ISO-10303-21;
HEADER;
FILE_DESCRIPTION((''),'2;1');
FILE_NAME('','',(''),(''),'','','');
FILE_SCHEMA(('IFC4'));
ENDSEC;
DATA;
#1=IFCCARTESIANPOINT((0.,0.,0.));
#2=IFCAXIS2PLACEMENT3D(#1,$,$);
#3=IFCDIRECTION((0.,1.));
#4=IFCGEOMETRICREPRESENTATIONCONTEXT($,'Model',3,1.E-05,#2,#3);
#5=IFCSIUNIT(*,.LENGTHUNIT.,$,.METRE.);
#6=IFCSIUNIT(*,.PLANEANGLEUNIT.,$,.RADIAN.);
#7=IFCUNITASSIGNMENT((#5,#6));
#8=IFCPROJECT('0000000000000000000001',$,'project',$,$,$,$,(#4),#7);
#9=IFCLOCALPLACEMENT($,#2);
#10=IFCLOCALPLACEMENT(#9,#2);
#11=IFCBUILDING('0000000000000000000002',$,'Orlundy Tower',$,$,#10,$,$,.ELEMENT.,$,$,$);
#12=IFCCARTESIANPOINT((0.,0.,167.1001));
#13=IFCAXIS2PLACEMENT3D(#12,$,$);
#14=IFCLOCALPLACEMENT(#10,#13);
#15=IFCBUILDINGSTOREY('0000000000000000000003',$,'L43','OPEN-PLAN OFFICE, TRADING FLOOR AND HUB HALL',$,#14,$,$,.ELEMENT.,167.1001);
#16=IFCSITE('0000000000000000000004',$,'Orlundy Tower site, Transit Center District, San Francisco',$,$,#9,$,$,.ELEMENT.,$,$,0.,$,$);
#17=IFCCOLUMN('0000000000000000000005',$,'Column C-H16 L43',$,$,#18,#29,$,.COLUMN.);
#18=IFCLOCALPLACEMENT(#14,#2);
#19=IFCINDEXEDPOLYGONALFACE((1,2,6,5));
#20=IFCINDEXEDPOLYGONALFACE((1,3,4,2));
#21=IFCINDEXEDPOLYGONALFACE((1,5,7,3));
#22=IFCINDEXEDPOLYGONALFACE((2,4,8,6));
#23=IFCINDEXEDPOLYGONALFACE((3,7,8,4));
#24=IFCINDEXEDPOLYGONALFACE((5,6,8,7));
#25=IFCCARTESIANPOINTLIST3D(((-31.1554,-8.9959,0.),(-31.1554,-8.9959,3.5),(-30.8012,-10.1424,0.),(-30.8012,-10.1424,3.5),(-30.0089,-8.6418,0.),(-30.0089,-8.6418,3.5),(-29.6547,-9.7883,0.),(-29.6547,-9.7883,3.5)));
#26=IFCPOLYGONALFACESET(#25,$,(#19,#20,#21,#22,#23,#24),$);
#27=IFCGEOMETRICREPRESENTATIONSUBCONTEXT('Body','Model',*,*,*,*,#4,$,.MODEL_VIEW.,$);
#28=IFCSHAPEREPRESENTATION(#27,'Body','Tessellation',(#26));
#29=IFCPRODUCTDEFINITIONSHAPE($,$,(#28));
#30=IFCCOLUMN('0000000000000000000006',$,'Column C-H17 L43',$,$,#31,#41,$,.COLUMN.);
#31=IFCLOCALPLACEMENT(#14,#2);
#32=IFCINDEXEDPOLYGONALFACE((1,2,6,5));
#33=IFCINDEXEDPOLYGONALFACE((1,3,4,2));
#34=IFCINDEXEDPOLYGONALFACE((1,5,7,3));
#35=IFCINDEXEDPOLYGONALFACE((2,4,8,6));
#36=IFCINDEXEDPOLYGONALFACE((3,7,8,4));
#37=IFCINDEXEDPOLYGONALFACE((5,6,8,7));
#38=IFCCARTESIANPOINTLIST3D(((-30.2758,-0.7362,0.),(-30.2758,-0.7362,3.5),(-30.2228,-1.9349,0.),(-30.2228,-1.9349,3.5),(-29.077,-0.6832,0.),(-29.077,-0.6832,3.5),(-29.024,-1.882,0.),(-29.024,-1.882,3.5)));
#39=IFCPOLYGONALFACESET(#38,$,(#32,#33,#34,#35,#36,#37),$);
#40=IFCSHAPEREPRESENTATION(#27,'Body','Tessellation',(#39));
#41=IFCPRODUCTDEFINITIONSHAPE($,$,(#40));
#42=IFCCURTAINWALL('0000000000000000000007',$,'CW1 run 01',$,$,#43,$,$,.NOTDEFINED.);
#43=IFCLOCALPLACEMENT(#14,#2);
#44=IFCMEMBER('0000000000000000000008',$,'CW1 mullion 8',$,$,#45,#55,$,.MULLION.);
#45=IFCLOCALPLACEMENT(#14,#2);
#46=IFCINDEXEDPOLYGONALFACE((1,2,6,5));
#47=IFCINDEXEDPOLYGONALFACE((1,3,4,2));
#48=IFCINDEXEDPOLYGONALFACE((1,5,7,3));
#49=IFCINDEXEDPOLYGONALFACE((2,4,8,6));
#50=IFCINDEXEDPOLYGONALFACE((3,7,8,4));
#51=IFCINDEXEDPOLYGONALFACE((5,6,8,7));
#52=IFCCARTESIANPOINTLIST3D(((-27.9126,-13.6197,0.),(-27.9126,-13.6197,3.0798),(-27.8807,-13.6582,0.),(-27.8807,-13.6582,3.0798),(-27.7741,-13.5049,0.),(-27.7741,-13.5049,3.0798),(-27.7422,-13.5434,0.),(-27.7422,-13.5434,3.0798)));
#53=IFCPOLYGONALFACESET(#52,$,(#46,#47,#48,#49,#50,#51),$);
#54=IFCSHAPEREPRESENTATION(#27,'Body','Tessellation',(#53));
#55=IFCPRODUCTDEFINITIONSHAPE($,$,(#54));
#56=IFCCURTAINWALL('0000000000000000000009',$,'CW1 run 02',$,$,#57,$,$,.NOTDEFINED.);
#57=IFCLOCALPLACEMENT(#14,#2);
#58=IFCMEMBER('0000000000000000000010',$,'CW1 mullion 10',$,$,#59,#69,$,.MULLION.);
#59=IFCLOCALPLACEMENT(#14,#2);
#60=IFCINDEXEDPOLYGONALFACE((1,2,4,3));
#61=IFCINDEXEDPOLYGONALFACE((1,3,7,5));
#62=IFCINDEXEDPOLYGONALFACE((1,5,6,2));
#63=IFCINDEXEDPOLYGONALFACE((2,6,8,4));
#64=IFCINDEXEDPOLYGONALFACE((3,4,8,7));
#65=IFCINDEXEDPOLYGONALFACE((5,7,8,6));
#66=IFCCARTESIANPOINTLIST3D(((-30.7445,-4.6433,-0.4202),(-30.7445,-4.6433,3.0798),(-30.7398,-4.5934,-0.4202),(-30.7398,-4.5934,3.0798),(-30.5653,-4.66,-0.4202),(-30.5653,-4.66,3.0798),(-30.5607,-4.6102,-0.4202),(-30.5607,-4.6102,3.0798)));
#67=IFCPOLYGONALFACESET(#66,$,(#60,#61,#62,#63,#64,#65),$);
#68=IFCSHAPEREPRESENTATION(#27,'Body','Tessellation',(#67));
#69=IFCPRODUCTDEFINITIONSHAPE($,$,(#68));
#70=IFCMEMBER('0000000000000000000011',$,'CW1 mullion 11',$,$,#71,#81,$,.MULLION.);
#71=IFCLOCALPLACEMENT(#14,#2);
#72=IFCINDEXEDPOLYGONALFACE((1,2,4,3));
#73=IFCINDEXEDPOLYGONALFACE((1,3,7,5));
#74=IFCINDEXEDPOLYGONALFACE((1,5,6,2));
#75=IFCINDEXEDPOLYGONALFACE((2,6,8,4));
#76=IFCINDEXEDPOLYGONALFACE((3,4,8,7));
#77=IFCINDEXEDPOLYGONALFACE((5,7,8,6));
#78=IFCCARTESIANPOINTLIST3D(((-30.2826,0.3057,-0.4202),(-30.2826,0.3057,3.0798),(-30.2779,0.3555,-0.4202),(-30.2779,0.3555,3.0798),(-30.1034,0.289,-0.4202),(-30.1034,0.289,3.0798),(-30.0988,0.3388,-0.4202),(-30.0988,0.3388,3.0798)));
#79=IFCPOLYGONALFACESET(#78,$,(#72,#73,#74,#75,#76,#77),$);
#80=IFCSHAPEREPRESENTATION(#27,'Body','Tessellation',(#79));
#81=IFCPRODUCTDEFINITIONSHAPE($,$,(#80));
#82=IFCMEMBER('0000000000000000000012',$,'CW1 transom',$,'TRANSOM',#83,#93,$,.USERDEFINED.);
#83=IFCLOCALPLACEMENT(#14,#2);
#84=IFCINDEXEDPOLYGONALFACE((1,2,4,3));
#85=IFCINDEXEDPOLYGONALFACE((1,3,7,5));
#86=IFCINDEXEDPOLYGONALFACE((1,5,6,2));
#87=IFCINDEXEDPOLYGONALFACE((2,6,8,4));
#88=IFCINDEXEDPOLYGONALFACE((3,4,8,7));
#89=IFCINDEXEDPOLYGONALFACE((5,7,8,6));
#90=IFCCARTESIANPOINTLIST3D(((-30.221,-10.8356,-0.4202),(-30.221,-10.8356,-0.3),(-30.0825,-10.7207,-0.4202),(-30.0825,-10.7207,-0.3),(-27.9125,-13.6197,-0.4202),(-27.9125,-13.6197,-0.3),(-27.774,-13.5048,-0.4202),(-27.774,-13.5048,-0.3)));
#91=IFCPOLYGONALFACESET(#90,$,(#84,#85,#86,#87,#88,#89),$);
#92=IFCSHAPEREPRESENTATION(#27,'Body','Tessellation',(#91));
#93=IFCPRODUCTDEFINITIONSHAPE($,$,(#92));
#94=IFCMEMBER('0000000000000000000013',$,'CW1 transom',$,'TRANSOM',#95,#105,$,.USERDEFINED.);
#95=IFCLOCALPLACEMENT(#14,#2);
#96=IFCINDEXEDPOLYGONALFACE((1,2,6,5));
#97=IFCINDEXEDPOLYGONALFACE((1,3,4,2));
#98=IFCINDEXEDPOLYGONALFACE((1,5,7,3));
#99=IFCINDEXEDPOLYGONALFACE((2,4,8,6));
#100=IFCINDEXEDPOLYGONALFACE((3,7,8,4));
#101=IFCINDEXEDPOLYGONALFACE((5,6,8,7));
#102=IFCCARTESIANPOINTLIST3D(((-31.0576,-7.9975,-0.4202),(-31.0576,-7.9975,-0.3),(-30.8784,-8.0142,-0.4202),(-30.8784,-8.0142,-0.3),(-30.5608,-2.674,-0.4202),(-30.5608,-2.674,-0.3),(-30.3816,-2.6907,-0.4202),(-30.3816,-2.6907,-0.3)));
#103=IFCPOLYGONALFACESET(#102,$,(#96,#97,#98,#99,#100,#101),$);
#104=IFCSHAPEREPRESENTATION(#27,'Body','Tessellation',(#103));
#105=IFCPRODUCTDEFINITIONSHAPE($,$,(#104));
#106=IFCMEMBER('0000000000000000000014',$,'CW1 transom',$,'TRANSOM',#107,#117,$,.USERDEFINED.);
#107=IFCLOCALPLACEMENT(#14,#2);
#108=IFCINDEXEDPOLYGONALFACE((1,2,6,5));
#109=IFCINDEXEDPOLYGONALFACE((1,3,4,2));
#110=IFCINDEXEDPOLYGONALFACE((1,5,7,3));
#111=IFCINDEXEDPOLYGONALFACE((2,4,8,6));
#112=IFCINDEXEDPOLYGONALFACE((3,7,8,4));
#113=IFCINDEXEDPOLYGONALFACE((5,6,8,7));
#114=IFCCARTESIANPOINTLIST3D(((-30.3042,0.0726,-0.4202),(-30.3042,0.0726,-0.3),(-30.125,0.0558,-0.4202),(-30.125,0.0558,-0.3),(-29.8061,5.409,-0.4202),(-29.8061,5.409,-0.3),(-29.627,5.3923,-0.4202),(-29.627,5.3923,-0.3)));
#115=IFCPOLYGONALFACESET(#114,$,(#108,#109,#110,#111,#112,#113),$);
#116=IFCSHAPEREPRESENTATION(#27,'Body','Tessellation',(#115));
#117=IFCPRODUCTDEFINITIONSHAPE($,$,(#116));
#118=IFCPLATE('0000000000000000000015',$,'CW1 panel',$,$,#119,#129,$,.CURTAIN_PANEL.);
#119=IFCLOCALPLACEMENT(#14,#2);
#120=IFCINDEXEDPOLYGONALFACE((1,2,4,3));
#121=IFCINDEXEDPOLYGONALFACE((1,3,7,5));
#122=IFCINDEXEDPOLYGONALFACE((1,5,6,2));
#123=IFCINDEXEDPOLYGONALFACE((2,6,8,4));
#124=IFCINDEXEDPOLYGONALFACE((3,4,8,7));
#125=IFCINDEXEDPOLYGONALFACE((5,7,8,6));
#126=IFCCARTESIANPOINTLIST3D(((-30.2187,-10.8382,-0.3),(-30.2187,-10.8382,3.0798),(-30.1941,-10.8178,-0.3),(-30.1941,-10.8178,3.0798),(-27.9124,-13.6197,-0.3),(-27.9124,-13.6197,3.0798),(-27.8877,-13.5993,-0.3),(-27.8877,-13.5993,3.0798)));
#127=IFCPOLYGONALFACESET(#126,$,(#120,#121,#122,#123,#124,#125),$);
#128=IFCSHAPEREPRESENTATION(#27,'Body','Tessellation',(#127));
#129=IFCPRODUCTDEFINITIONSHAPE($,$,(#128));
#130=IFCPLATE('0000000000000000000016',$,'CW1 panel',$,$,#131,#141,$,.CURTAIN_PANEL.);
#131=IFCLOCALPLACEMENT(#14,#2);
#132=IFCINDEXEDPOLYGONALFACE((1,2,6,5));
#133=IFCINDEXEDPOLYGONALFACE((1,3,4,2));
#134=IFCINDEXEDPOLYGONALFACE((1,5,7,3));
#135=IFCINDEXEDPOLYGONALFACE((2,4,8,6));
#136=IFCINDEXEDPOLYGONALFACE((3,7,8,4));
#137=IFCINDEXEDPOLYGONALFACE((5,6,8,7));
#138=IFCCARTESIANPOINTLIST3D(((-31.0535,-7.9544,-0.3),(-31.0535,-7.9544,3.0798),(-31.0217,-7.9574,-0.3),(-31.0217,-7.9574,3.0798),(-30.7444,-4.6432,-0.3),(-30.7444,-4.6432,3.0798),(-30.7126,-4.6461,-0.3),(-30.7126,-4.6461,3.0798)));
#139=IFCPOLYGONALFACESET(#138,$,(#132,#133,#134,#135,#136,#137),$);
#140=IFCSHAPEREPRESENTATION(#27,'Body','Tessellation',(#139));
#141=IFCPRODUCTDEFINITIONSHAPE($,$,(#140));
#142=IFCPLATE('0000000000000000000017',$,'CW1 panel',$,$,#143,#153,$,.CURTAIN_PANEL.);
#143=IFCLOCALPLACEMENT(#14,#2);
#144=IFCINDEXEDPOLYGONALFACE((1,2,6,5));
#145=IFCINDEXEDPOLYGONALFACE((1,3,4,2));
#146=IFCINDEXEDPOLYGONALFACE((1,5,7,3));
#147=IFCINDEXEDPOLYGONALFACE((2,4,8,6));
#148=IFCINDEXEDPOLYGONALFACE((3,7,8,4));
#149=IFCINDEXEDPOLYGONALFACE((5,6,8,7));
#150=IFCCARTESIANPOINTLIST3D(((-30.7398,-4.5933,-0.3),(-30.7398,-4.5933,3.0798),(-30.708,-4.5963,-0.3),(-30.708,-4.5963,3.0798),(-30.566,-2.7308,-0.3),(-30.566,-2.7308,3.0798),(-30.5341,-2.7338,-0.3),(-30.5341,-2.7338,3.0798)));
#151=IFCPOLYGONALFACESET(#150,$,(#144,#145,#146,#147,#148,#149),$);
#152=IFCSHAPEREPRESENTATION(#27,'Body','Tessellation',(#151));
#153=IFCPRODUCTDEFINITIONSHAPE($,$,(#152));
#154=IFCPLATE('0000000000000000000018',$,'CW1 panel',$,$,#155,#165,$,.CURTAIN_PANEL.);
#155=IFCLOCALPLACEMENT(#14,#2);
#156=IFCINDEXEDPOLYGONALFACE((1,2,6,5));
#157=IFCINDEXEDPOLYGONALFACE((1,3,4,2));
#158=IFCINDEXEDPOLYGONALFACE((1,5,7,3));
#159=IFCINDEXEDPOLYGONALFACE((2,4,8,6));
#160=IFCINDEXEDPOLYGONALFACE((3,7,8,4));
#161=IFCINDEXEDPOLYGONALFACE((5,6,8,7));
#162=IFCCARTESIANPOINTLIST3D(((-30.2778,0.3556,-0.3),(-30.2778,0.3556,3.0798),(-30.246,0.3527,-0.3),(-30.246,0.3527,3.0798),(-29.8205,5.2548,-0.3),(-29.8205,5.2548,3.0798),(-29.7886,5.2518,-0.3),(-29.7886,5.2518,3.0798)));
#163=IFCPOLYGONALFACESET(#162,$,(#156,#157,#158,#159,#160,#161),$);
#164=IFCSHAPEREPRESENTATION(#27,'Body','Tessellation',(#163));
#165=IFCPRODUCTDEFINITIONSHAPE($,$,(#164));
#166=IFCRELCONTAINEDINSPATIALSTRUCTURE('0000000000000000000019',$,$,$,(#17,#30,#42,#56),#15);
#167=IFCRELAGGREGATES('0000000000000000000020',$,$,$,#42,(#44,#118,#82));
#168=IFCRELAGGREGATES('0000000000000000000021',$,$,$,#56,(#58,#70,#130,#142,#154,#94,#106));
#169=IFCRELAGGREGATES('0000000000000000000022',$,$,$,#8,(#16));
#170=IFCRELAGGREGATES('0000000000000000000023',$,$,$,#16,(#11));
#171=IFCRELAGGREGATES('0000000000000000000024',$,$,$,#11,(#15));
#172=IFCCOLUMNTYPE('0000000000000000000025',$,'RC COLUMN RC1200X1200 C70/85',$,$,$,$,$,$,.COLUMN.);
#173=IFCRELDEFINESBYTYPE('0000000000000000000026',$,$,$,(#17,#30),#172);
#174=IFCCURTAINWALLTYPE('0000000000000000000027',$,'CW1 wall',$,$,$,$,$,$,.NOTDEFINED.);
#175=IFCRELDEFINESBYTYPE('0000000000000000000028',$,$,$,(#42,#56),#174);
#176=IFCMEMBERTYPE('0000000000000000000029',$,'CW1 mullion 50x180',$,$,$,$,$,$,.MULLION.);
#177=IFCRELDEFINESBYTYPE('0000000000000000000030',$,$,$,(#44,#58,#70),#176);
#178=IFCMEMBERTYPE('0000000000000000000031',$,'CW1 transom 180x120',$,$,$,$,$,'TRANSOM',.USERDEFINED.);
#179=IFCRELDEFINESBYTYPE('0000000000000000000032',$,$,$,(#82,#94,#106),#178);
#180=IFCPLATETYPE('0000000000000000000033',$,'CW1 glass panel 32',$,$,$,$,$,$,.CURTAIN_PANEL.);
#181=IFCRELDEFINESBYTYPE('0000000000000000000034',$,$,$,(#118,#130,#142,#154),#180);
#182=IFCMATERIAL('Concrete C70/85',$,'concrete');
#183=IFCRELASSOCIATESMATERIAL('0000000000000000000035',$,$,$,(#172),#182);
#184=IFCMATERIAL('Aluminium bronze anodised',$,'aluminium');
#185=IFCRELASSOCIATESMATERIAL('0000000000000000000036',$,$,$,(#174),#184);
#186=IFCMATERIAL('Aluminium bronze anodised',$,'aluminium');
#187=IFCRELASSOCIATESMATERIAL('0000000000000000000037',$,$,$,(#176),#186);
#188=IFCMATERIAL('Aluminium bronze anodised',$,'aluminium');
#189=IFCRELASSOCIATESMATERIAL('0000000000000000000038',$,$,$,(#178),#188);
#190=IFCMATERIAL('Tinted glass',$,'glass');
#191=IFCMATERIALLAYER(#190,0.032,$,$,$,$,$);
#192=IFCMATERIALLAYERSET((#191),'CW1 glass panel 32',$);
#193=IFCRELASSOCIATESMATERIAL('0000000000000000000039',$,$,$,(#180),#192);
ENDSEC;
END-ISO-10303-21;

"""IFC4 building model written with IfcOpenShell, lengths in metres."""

from ifc_helpers import new_model, si_unit, direction, frame, origin, origin_2d, place, context, subcontext, project, spatial, rectangle, extrude, material, layer, layer_set, material_profile, profile_set, type_object, element, aggregate, save


model = new_model("IFC4")

# Units and contexts
model_context = context("Model", 3, precision=1e-05, world=origin(), true_north=direction((0.0, 1.0)))
body_context = subcontext(model_context, "Body", "Model", "MODEL_VIEW")
ifc_project = project(units=[si_unit("LENGTHUNIT", "METRE"), si_unit("PLANEANGLEUNIT", "RADIAN")], contexts=[model_context])

# Site, building, storey
site_placement = place(None, origin())
site = spatial("IfcSite", under=ifc_project, at=site_placement, Name="Orlundy Tower site, Transit Center District, San Francisco", CompositionType="ELEMENT", RefElevation=0.0)
building_placement = place(site_placement, origin())
building = spatial("IfcBuilding", under=site, at=building_placement, Name="Orlundy Tower", CompositionType="ELEMENT")
storey_placement = place(building_placement, frame((0.0, 0.0, 167.1001)))
storey = spatial("IfcBuildingStorey", under=building, at=storey_placement, Name="L43", Description="OPEN-PLAN OFFICE, TRADING FLOOR AND HUB HALL", CompositionType="ELEMENT", Elevation=167.1001)

# Columns
ifc_material_1 = material(Name="Concrete C70/85", Category="concrete")
ifc_material_profile_1 = material_profile(ifc_material_1, rectangle(XDim=1.2, YDim=1.2, at=origin_2d()), Name="RC1200X1200")
ifc_profile_set_1 = profile_set([ifc_material_profile_1], Name="Concrete C70/85")
column_type = type_object("IfcColumnType", Name="RC COLUMN RC1200X1200 C70/85", PredefinedType="COLUMN", material=ifc_profile_set_1)
for number, where, z_axis, x_axis, name in (
    (1, (-30.405, -9.3921, 0.0), (0.0, 0.0, 1.0), (-0.955454, -0.295141, 0.0), "Column C-H16 L43"),
    (2, (-29.6499, -1.3091, 0.0), (0.0, 0.0, 1.0), (-0.999027, -0.044108, 0.0), "Column C-H17 L43"),
):
    element("IfcColumn", number, at=place(storey_placement, frame(where, z_axis=z_axis, x_axis=x_axis)), inside=storey, type_object=column_type, Name=name, PredefinedType="COLUMN", context=body_context, shape_type="SweptSolid", body=[
        extrude(rectangle(XDim=1.2, YDim=1.2, at=origin_2d()), origin(), (0.0, 0.0, 1.0), 3.5),
    ])

# Curtain wall, member
ifc_material_2 = material(Name="Aluminium bronze anodised", Category="aluminium")
curtain_wall_type = type_object("IfcCurtainWallType", Name="CW1 wall", PredefinedType="NOTDEFINED", material=ifc_material_2)
curtain_wall_1_placement = place(storey_placement, origin())
curtain_wall_1 = element("IfcCurtainWall", 3, at=curtain_wall_1_placement, inside=storey, type_object=curtain_wall_type, Name="CW1 run 01", PredefinedType="NOTDEFINED")
ifc_material_3 = material(Name="Aluminium bronze anodised", Category="aluminium")
ifc_material_profile_2 = material_profile(ifc_material_3, rectangle(XDim=0.1799, YDim=0.05, at=origin_2d()), Name="CW1 mullion 50x180")
ifc_profile_set_2 = profile_set([ifc_material_profile_2], Name="Aluminium bronze anodised")
member_type_1 = type_object("IfcMemberType", Name="CW1 mullion 50x180", PredefinedType="MULLION", material=ifc_profile_set_2)
member_1_placement = place(storey_placement, frame((-27.8274, -13.5815, 0.0), z_axis=(0.0, 0.0, 1.0), x_axis=(-0.769788, -0.638299, 0.0)))
member_1 = element("IfcMember", 4, at=member_1_placement, type_object=member_type_1, Name="CW1 mullion 8", PredefinedType="MULLION", context=body_context, shape_type="SweptSolid", body=[
    extrude(rectangle(XDim=0.1799, YDim=0.05, at=origin_2d()), origin(), (0.0, 0.0, 1.0), 3.0798),
])

# Curtain wall, members
curtain_wall_2_placement = place(storey_placement, origin())
curtain_wall_2 = element("IfcCurtainWall", 5, at=curtain_wall_2_placement, inside=storey, type_object=curtain_wall_type, Name="CW1 run 02", PredefinedType="NOTDEFINED")
member_2_placement = place(storey_placement, frame((-30.6526, -4.6267, -0.4202), z_axis=(0.0, 0.0, 1.0), x_axis=(-0.995671, 0.092948, 0.0)))
member_2 = element("IfcMember", 6, at=member_2_placement, type_object=member_type_1, Name="CW1 mullion 10", PredefinedType="MULLION", context=body_context, shape_type="SweptSolid", body=[
    extrude(rectangle(XDim=0.1799, YDim=0.05, at=origin_2d()), origin(), (0.0, 0.0, 1.0), 3.5),
])
member_3_placement = place(storey_placement, frame((-30.1907, 0.3223, -0.4202), z_axis=(0.0, 0.0, 1.0), x_axis=(-0.995671, 0.092948, 0.0)))
member_3 = element("IfcMember", 7, at=member_3_placement, type_object=member_type_1, Name="CW1 mullion 11", PredefinedType="MULLION", context=body_context, shape_type="SweptSolid", body=[
    extrude(rectangle(XDim=0.1799, YDim=0.05, at=origin_2d()), origin(), (0.0, 0.0, 1.0), 3.5),
])

# Members
ifc_material_4 = material(Name="Aluminium bronze anodised", Category="aluminium")
ifc_material_profile_3 = material_profile(ifc_material_4, rectangle(XDim=0.1799, YDim=0.1201, at=origin_2d()), Name="CW1 transom 180x120")
ifc_profile_set_3 = profile_set([ifc_material_profile_3], Name="Aluminium bronze anodised")
member_type_2 = type_object("IfcMemberType", Name="CW1 transom 180x120", ElementType="TRANSOM", PredefinedType="USERDEFINED", material=ifc_profile_set_3)
member_4_placement = place(storey_placement, frame((-27.8433, -13.5623, -0.3601), z_axis=(-0.638297, 0.76979, 0.0), x_axis=(-0.76979, -0.638297, 0.0)))
member_4 = element("IfcMember", 8, at=member_4_placement, type_object=member_type_2, Name="CW1 transom", ObjectType="TRANSOM", PredefinedType="USERDEFINED", context=body_context, shape_type="SweptSolid", body=[
    extrude(rectangle(XDim=0.1799, YDim=0.1201, at=origin_2d()), origin(), (0.0, 0.0, 1.0), 3.6167),
])
member_5_placement = place(storey_placement, frame((-30.968, -8.0059, -0.3601), z_axis=(0.092923, 0.995673, 0.0), x_axis=(-0.995673, 0.092923, 0.0)))
member_5 = element("IfcMember", 9, at=member_5_placement, type_object=member_type_2, Name="CW1 transom", ObjectType="TRANSOM", PredefinedType="USERDEFINED", context=body_context, shape_type="SweptSolid", body=[
    extrude(rectangle(XDim=0.1799, YDim=0.1201, at=origin_2d()), origin(), (0.0, 0.0, 1.0), 5.3467),
])
member_6_placement = place(storey_placement, frame((-30.2146, 0.0642, -0.3601), z_axis=(0.092926, 0.995673, 0.0), x_axis=(-0.995673, 0.092926, 0.0)))
member_6 = element("IfcMember", 10, at=member_6_placement, type_object=member_type_2, Name="CW1 transom", ObjectType="TRANSOM", PredefinedType="USERDEFINED", context=body_context, shape_type="SweptSolid", body=[
    extrude(rectangle(XDim=0.1799, YDim=0.1201, at=origin_2d()), origin(), (0.0, 0.0, 1.0), 5.3596),
])

# Plates
ifc_material_5 = material(Name="Tinted glass", Category="glass")
ifc_layer_1 = layer(ifc_material_5, 0.032)
ifc_layer_set_1 = layer_set([ifc_layer_1], Name="CW1 glass panel 32")
plate_type = type_object("IfcPlateType", Name="CW1 glass panel 32", PredefinedType="CURTAIN_PANEL", material=ifc_layer_set_1)
plate_1_placement = place(storey_placement, frame((-29.0532, -12.2188, -0.3), z_axis=(0.0, 0.0, 1.0), x_axis=(-0.638299, 0.769788, 0.0)))
plate_1 = element("IfcPlate", 11, at=plate_1_placement, type_object=plate_type, Name="CW1 panel", PredefinedType="CURTAIN_PANEL", context=body_context, shape_type="SweptSolid", body=[
    extrude(rectangle(XDim=3.6133, YDim=0.032, at=origin_2d()), origin(), (0.0, 0.0, 1.0), 3.3799),
])
aggregate(curtain_wall_1, [member_1, plate_1, member_4])
plate_2_placement = place(storey_placement, frame((-30.8831, -6.3003, -0.3), z_axis=(0.0, 0.0, 1.0), x_axis=(0.092948, 0.995671, 0.0)))
plate_2 = element("IfcPlate", 12, at=plate_2_placement, type_object=plate_type, Name="CW1 panel", PredefinedType="CURTAIN_PANEL", context=body_context, shape_type="SweptSolid", body=[
    extrude(rectangle(XDim=3.3257, YDim=0.032, at=origin_2d()), origin(), (0.0, 0.0, 1.0), 3.3799),
])
plate_3_placement = place(storey_placement, frame((-30.637, -3.6636, -0.3), z_axis=(0.0, 0.0, 1.0), x_axis=(0.092948, 0.995671, 0.0)))
plate_3 = element("IfcPlate", 13, at=plate_3_placement, type_object=plate_type, Name="CW1 panel", PredefinedType="CURTAIN_PANEL", context=body_context, shape_type="SweptSolid", body=[
    extrude(rectangle(XDim=1.8706, YDim=0.032, at=origin_2d()), origin(), (0.0, 0.0, 1.0), 3.3799),
])
plate_4_placement = place(storey_placement, frame((-30.0332, 2.8037, -0.3), z_axis=(0.0, 0.0, 1.0), x_axis=(0.092948, 0.995671, 0.0)))
plate_4 = element("IfcPlate", 14, at=plate_4_placement, type_object=plate_type, Name="CW1 panel", PredefinedType="CURTAIN_PANEL", context=body_context, shape_type="SweptSolid", body=[
    extrude(rectangle(XDim=4.9204, YDim=0.032, at=origin_2d()), origin(), (0.0, 0.0, 1.0), 3.3799),
])
aggregate(curtain_wall_2, [member_2, member_3, plate_2, plate_3, plate_4, member_5, member_6])

save(model, "model.ifc")
